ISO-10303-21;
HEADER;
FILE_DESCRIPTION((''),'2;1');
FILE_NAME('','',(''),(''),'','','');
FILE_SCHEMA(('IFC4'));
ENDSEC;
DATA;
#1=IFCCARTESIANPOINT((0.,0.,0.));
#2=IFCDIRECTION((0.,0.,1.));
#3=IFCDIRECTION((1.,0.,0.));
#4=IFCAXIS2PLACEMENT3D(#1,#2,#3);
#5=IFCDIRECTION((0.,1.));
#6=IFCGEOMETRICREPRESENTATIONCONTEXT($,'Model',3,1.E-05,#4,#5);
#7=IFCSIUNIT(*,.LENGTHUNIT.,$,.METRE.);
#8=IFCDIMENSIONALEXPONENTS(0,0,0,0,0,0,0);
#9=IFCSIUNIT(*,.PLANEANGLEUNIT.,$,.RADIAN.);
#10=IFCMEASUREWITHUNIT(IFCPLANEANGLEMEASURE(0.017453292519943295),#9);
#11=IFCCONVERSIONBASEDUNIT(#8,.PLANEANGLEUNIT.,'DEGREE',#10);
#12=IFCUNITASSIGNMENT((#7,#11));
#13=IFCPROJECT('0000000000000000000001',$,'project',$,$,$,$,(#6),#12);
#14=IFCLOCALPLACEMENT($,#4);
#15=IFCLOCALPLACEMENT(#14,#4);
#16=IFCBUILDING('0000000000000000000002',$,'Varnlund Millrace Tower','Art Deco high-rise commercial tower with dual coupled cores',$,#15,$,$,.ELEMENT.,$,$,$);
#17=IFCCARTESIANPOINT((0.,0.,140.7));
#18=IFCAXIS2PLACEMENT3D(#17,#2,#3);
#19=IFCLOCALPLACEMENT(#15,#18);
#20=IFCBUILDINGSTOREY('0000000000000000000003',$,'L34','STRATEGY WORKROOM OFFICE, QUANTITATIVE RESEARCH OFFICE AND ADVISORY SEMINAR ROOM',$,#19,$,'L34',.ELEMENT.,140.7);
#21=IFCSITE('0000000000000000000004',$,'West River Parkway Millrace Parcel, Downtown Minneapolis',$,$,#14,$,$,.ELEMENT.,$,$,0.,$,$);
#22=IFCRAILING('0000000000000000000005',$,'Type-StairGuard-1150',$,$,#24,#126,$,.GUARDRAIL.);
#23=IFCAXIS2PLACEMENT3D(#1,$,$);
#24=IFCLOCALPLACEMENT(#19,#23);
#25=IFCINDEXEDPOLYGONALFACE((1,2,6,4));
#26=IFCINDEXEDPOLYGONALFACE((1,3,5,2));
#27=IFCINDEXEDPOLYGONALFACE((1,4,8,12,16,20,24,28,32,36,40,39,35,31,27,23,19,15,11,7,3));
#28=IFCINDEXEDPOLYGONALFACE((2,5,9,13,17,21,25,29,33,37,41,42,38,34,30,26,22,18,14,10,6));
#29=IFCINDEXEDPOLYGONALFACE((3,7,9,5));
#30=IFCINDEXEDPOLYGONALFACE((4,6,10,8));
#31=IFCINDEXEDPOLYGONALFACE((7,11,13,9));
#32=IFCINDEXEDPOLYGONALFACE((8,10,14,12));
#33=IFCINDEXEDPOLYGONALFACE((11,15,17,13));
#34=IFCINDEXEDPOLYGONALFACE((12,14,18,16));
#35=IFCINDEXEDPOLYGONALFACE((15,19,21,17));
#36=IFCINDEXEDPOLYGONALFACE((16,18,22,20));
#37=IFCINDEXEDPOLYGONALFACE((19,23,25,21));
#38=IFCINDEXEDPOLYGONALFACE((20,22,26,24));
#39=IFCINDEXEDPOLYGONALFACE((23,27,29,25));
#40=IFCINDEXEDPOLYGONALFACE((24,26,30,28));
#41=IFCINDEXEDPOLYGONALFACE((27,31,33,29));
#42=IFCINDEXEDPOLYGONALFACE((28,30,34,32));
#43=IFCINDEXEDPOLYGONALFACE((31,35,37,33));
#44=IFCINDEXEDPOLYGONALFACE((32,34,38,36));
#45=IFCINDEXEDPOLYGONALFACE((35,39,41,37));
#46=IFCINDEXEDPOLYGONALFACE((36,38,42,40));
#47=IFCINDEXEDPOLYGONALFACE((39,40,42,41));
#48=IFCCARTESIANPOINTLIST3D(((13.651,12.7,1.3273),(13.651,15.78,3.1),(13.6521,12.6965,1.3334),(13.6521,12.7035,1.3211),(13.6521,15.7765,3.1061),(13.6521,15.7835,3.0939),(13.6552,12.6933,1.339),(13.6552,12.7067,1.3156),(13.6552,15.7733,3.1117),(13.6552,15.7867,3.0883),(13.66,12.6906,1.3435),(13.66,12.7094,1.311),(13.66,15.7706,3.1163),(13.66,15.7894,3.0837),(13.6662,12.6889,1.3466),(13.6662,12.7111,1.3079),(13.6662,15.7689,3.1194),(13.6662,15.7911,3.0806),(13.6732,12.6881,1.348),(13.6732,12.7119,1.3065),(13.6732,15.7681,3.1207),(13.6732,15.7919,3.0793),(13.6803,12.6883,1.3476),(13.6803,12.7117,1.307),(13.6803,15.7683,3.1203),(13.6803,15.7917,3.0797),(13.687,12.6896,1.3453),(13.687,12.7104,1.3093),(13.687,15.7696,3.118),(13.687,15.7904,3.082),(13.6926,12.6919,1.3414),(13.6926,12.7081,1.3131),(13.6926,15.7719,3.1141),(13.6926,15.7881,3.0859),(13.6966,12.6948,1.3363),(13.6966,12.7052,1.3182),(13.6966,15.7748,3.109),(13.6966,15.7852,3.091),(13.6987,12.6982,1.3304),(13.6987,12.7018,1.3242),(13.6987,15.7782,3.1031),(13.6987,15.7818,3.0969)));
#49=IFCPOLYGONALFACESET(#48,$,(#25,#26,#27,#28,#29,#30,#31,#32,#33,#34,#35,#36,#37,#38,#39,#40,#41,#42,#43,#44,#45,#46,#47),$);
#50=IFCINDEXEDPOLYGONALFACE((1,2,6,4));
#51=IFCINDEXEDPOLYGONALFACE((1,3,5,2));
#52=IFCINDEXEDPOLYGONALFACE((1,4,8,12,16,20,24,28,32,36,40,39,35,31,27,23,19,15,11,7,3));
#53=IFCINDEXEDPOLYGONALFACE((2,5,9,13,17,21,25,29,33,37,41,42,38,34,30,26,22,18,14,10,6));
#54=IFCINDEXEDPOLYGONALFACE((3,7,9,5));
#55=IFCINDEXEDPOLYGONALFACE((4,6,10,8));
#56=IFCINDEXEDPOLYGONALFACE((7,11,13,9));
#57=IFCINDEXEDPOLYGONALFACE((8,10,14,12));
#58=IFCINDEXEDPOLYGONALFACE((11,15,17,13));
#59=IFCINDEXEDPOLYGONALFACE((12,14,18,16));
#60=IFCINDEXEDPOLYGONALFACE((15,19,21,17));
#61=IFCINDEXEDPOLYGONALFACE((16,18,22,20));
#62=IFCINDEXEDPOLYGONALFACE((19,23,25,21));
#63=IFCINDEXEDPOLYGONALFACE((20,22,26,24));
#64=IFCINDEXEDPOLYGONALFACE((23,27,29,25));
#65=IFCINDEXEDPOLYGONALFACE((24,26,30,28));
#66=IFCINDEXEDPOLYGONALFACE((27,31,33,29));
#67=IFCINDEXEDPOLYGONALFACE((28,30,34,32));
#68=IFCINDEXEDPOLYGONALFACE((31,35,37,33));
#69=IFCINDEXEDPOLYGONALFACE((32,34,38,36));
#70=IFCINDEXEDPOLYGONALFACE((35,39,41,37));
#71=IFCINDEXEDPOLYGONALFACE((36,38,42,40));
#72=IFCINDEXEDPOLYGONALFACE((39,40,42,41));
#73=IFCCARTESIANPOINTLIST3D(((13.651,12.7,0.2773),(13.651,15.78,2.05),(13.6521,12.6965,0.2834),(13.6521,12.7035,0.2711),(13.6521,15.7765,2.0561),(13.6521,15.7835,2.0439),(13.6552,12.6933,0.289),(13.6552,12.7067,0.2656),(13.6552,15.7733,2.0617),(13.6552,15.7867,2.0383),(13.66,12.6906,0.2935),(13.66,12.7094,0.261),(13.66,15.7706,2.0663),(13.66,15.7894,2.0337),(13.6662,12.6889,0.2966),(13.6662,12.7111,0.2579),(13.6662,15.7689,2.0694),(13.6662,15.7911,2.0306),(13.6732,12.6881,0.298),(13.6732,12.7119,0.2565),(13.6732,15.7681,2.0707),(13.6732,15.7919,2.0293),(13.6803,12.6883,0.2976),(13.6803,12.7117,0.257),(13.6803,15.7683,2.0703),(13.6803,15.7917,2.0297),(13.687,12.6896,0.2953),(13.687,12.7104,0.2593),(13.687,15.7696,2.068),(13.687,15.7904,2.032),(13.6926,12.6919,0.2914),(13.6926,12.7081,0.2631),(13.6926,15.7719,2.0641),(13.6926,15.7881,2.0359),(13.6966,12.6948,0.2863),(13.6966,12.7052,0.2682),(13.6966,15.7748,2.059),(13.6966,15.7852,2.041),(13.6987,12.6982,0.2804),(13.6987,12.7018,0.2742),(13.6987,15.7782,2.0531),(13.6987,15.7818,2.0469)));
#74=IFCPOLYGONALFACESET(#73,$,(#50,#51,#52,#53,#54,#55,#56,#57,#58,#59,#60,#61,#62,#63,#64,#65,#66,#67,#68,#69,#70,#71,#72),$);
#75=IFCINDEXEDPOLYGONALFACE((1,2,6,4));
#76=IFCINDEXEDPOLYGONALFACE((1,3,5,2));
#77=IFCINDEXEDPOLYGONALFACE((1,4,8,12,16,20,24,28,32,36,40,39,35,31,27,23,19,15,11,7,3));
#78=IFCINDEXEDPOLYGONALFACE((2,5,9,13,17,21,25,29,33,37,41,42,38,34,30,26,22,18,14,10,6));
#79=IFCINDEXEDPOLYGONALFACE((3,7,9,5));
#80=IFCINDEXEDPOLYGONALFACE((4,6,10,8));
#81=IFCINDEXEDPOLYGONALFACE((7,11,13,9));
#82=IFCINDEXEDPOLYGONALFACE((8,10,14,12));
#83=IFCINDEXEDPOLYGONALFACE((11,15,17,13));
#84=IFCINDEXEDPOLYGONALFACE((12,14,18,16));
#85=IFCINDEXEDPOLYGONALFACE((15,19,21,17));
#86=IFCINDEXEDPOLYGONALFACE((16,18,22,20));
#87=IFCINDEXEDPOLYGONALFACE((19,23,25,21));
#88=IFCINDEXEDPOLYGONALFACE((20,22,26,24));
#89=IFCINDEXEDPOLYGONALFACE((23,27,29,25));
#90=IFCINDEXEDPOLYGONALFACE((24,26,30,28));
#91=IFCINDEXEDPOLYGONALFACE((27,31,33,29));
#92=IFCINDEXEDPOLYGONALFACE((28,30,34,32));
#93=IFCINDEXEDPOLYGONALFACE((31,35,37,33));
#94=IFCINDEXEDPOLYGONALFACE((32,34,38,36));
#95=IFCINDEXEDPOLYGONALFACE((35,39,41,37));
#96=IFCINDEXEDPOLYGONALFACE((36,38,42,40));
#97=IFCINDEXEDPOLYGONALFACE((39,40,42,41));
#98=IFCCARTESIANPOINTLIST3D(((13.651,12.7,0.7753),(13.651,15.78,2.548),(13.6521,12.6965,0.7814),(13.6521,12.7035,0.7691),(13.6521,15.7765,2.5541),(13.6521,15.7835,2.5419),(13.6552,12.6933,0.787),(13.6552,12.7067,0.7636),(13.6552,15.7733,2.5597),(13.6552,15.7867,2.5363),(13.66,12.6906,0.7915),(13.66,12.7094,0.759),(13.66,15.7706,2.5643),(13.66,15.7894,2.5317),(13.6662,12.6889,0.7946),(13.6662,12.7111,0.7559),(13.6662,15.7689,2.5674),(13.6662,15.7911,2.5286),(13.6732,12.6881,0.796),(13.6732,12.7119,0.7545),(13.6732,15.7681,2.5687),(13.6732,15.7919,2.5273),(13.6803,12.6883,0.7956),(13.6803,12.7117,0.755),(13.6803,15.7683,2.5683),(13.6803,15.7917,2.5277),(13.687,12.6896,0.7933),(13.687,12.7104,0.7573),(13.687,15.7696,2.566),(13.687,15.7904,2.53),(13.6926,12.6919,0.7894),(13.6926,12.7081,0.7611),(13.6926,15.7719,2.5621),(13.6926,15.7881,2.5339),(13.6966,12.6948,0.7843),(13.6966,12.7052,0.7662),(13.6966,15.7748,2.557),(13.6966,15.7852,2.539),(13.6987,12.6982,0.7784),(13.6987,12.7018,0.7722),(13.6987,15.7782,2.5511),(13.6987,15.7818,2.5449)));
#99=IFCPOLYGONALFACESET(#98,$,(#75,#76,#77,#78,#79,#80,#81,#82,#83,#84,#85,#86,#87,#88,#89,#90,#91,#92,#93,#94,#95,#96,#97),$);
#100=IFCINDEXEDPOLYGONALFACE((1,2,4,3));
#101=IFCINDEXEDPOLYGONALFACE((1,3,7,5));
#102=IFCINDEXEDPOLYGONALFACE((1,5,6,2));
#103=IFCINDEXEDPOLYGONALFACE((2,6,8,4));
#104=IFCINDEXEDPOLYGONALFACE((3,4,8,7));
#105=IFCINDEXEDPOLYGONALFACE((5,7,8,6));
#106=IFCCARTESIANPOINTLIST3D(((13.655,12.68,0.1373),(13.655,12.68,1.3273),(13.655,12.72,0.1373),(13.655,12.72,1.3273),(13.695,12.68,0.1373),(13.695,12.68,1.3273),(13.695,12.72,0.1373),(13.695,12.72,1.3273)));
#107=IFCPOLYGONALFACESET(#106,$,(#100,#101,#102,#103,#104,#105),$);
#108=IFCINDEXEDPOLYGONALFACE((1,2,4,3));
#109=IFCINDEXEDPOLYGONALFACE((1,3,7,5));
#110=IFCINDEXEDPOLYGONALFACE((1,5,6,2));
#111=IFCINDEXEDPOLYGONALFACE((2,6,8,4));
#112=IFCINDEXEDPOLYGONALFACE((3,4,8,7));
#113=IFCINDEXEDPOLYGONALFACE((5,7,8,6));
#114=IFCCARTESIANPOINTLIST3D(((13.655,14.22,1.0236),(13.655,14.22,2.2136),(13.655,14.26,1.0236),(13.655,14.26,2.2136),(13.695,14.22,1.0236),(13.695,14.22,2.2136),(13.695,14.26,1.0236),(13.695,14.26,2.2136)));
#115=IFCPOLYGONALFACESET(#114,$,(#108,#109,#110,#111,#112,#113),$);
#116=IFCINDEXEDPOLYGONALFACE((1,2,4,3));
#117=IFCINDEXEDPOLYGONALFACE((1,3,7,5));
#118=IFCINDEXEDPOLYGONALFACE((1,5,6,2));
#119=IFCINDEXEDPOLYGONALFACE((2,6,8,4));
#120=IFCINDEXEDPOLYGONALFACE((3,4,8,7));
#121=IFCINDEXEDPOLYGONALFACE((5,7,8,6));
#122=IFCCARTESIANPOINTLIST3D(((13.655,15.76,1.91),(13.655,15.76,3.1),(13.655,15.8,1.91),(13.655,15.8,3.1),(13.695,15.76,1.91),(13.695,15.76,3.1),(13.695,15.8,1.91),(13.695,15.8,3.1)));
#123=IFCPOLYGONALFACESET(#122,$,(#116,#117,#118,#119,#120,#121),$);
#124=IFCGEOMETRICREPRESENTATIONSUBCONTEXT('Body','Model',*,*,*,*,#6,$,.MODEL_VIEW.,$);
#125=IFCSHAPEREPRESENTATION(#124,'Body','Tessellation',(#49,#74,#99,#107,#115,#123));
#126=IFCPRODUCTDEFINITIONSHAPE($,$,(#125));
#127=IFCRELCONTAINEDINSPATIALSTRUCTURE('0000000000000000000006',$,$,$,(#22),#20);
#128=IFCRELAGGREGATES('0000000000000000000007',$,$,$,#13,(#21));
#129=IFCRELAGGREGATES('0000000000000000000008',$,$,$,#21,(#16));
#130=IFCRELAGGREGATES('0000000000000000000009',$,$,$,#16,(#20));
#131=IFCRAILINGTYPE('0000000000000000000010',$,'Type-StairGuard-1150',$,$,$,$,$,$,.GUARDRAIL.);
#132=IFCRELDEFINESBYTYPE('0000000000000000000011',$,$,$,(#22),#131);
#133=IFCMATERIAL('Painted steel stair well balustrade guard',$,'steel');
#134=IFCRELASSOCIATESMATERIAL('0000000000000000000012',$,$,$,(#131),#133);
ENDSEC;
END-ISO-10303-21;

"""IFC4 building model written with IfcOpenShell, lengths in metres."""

from ifc_helpers import new_model, entity, si_unit, converted_unit, direction, frame, origin_with_axes, origin_2d_with_axis, place, context, subcontext, project, spatial, rectangle, circle, extrude, material, type_object, element, save


model = new_model("IFC4")

# Units and contexts
model_context = context("Model", 3, precision=1e-05, world=origin_with_axes(), true_north=direction((0.0, 1.0)))
body_context = subcontext(model_context, "Body", "Model", "MODEL_VIEW")
ifc_project = project(units=[si_unit("LENGTHUNIT", "METRE"), converted_unit("PLANEANGLEUNIT", "DEGREE", entity("IfcPlaneAngleMeasure", 0.017453292519943295), si_unit("PLANEANGLEUNIT", "RADIAN"), dimensions=[0, 0, 0, 0, 0, 0, 0])], contexts=[model_context])

# Site, building, storey
site_placement = place(None, origin_with_axes())
site = spatial("IfcSite", under=ifc_project, at=site_placement, Name="West River Parkway Millrace Parcel, Downtown Minneapolis", CompositionType="ELEMENT", RefElevation=0.0)
building_placement = place(site_placement, origin_with_axes())
building = spatial("IfcBuilding", under=site, at=building_placement, Name="Varnlund Millrace Tower", Description="Art Deco high-rise commercial tower with dual coupled cores", CompositionType="ELEMENT")
storey_placement = place(building_placement, frame((0.0, 0.0, 140.7), z_axis=(0.0, 0.0, 1.0), x_axis=(1.0, 0.0, 0.0)))
storey = spatial("IfcBuildingStorey", under=building, at=storey_placement, Name="L34", Description="STRATEGY WORKROOM OFFICE, QUANTITATIVE RESEARCH OFFICE AND ADVISORY SEMINAR ROOM", LongName="L34", CompositionType="ELEMENT", Elevation=140.7)

# Railing
ifc_material_1 = material(Name="Painted steel stair well balustrade guard", Category="steel")
railing_type_1 = type_object("IfcRailingType", Name="Type-StairGuard-1150", PredefinedType="GUARDRAIL", material=ifc_material_1)
railing_1_placement = place(storey_placement, frame((0.0, 0.0, -140.7), z_axis=(0.0, 0.0, 1.0), x_axis=(1.0, 0.0, 0.0)))
element("IfcRailing", 1, at=railing_1_placement, inside=storey, type_object=railing_type_1, Name="Type-StairGuard-1150", PredefinedType="GUARDRAIL", context=body_context, shape_type="SweptSolid", body=[
    extrude(circle(Radius=0.024, at=origin_2d_with_axis()), frame((13.675, 12.7, 142.0273), z_axis=(0.0, 0.866696, 0.498836), x_axis=(-1.0, 0.0, 0.0)), (0.0, 0.0, 1.0), 3.5537),
    extrude(circle(Radius=0.024, at=origin_2d_with_axis()), frame((13.675, 12.7, 140.9773), z_axis=(0.0, 0.866696, 0.498836), x_axis=(-1.0, 0.0, 0.0)), (0.0, 0.0, 1.0), 3.5537),
    extrude(circle(Radius=0.024, at=origin_2d_with_axis()), frame((13.675, 12.7, 141.4753), z_axis=(0.0, 0.866696, 0.498836), x_axis=(-1.0, 0.0, 0.0)), (0.0, 0.0, 1.0), 3.5537),
    extrude(rectangle(XDim=0.04, YDim=0.04, at=origin_2d_with_axis()), frame((13.675, 12.7, 140.8373), z_axis=(0.0, 0.0, 1.0), x_axis=(1.0, 0.0, 0.0)), (0.0, 0.0, 1.0), 1.19),
    extrude(rectangle(XDim=0.04, YDim=0.04, at=origin_2d_with_axis()), frame((13.675, 14.24, 141.7236), z_axis=(0.0, 0.0, 1.0), x_axis=(1.0, 0.0, 0.0)), (0.0, 0.0, 1.0), 1.19),
    extrude(rectangle(XDim=0.04, YDim=0.04, at=origin_2d_with_axis()), frame((13.675, 15.78, 142.61), z_axis=(0.0, 0.0, 1.0), x_axis=(1.0, 0.0, 0.0)), (0.0, 0.0, 1.0), 1.19),
])

save(model, "model.ifc")
